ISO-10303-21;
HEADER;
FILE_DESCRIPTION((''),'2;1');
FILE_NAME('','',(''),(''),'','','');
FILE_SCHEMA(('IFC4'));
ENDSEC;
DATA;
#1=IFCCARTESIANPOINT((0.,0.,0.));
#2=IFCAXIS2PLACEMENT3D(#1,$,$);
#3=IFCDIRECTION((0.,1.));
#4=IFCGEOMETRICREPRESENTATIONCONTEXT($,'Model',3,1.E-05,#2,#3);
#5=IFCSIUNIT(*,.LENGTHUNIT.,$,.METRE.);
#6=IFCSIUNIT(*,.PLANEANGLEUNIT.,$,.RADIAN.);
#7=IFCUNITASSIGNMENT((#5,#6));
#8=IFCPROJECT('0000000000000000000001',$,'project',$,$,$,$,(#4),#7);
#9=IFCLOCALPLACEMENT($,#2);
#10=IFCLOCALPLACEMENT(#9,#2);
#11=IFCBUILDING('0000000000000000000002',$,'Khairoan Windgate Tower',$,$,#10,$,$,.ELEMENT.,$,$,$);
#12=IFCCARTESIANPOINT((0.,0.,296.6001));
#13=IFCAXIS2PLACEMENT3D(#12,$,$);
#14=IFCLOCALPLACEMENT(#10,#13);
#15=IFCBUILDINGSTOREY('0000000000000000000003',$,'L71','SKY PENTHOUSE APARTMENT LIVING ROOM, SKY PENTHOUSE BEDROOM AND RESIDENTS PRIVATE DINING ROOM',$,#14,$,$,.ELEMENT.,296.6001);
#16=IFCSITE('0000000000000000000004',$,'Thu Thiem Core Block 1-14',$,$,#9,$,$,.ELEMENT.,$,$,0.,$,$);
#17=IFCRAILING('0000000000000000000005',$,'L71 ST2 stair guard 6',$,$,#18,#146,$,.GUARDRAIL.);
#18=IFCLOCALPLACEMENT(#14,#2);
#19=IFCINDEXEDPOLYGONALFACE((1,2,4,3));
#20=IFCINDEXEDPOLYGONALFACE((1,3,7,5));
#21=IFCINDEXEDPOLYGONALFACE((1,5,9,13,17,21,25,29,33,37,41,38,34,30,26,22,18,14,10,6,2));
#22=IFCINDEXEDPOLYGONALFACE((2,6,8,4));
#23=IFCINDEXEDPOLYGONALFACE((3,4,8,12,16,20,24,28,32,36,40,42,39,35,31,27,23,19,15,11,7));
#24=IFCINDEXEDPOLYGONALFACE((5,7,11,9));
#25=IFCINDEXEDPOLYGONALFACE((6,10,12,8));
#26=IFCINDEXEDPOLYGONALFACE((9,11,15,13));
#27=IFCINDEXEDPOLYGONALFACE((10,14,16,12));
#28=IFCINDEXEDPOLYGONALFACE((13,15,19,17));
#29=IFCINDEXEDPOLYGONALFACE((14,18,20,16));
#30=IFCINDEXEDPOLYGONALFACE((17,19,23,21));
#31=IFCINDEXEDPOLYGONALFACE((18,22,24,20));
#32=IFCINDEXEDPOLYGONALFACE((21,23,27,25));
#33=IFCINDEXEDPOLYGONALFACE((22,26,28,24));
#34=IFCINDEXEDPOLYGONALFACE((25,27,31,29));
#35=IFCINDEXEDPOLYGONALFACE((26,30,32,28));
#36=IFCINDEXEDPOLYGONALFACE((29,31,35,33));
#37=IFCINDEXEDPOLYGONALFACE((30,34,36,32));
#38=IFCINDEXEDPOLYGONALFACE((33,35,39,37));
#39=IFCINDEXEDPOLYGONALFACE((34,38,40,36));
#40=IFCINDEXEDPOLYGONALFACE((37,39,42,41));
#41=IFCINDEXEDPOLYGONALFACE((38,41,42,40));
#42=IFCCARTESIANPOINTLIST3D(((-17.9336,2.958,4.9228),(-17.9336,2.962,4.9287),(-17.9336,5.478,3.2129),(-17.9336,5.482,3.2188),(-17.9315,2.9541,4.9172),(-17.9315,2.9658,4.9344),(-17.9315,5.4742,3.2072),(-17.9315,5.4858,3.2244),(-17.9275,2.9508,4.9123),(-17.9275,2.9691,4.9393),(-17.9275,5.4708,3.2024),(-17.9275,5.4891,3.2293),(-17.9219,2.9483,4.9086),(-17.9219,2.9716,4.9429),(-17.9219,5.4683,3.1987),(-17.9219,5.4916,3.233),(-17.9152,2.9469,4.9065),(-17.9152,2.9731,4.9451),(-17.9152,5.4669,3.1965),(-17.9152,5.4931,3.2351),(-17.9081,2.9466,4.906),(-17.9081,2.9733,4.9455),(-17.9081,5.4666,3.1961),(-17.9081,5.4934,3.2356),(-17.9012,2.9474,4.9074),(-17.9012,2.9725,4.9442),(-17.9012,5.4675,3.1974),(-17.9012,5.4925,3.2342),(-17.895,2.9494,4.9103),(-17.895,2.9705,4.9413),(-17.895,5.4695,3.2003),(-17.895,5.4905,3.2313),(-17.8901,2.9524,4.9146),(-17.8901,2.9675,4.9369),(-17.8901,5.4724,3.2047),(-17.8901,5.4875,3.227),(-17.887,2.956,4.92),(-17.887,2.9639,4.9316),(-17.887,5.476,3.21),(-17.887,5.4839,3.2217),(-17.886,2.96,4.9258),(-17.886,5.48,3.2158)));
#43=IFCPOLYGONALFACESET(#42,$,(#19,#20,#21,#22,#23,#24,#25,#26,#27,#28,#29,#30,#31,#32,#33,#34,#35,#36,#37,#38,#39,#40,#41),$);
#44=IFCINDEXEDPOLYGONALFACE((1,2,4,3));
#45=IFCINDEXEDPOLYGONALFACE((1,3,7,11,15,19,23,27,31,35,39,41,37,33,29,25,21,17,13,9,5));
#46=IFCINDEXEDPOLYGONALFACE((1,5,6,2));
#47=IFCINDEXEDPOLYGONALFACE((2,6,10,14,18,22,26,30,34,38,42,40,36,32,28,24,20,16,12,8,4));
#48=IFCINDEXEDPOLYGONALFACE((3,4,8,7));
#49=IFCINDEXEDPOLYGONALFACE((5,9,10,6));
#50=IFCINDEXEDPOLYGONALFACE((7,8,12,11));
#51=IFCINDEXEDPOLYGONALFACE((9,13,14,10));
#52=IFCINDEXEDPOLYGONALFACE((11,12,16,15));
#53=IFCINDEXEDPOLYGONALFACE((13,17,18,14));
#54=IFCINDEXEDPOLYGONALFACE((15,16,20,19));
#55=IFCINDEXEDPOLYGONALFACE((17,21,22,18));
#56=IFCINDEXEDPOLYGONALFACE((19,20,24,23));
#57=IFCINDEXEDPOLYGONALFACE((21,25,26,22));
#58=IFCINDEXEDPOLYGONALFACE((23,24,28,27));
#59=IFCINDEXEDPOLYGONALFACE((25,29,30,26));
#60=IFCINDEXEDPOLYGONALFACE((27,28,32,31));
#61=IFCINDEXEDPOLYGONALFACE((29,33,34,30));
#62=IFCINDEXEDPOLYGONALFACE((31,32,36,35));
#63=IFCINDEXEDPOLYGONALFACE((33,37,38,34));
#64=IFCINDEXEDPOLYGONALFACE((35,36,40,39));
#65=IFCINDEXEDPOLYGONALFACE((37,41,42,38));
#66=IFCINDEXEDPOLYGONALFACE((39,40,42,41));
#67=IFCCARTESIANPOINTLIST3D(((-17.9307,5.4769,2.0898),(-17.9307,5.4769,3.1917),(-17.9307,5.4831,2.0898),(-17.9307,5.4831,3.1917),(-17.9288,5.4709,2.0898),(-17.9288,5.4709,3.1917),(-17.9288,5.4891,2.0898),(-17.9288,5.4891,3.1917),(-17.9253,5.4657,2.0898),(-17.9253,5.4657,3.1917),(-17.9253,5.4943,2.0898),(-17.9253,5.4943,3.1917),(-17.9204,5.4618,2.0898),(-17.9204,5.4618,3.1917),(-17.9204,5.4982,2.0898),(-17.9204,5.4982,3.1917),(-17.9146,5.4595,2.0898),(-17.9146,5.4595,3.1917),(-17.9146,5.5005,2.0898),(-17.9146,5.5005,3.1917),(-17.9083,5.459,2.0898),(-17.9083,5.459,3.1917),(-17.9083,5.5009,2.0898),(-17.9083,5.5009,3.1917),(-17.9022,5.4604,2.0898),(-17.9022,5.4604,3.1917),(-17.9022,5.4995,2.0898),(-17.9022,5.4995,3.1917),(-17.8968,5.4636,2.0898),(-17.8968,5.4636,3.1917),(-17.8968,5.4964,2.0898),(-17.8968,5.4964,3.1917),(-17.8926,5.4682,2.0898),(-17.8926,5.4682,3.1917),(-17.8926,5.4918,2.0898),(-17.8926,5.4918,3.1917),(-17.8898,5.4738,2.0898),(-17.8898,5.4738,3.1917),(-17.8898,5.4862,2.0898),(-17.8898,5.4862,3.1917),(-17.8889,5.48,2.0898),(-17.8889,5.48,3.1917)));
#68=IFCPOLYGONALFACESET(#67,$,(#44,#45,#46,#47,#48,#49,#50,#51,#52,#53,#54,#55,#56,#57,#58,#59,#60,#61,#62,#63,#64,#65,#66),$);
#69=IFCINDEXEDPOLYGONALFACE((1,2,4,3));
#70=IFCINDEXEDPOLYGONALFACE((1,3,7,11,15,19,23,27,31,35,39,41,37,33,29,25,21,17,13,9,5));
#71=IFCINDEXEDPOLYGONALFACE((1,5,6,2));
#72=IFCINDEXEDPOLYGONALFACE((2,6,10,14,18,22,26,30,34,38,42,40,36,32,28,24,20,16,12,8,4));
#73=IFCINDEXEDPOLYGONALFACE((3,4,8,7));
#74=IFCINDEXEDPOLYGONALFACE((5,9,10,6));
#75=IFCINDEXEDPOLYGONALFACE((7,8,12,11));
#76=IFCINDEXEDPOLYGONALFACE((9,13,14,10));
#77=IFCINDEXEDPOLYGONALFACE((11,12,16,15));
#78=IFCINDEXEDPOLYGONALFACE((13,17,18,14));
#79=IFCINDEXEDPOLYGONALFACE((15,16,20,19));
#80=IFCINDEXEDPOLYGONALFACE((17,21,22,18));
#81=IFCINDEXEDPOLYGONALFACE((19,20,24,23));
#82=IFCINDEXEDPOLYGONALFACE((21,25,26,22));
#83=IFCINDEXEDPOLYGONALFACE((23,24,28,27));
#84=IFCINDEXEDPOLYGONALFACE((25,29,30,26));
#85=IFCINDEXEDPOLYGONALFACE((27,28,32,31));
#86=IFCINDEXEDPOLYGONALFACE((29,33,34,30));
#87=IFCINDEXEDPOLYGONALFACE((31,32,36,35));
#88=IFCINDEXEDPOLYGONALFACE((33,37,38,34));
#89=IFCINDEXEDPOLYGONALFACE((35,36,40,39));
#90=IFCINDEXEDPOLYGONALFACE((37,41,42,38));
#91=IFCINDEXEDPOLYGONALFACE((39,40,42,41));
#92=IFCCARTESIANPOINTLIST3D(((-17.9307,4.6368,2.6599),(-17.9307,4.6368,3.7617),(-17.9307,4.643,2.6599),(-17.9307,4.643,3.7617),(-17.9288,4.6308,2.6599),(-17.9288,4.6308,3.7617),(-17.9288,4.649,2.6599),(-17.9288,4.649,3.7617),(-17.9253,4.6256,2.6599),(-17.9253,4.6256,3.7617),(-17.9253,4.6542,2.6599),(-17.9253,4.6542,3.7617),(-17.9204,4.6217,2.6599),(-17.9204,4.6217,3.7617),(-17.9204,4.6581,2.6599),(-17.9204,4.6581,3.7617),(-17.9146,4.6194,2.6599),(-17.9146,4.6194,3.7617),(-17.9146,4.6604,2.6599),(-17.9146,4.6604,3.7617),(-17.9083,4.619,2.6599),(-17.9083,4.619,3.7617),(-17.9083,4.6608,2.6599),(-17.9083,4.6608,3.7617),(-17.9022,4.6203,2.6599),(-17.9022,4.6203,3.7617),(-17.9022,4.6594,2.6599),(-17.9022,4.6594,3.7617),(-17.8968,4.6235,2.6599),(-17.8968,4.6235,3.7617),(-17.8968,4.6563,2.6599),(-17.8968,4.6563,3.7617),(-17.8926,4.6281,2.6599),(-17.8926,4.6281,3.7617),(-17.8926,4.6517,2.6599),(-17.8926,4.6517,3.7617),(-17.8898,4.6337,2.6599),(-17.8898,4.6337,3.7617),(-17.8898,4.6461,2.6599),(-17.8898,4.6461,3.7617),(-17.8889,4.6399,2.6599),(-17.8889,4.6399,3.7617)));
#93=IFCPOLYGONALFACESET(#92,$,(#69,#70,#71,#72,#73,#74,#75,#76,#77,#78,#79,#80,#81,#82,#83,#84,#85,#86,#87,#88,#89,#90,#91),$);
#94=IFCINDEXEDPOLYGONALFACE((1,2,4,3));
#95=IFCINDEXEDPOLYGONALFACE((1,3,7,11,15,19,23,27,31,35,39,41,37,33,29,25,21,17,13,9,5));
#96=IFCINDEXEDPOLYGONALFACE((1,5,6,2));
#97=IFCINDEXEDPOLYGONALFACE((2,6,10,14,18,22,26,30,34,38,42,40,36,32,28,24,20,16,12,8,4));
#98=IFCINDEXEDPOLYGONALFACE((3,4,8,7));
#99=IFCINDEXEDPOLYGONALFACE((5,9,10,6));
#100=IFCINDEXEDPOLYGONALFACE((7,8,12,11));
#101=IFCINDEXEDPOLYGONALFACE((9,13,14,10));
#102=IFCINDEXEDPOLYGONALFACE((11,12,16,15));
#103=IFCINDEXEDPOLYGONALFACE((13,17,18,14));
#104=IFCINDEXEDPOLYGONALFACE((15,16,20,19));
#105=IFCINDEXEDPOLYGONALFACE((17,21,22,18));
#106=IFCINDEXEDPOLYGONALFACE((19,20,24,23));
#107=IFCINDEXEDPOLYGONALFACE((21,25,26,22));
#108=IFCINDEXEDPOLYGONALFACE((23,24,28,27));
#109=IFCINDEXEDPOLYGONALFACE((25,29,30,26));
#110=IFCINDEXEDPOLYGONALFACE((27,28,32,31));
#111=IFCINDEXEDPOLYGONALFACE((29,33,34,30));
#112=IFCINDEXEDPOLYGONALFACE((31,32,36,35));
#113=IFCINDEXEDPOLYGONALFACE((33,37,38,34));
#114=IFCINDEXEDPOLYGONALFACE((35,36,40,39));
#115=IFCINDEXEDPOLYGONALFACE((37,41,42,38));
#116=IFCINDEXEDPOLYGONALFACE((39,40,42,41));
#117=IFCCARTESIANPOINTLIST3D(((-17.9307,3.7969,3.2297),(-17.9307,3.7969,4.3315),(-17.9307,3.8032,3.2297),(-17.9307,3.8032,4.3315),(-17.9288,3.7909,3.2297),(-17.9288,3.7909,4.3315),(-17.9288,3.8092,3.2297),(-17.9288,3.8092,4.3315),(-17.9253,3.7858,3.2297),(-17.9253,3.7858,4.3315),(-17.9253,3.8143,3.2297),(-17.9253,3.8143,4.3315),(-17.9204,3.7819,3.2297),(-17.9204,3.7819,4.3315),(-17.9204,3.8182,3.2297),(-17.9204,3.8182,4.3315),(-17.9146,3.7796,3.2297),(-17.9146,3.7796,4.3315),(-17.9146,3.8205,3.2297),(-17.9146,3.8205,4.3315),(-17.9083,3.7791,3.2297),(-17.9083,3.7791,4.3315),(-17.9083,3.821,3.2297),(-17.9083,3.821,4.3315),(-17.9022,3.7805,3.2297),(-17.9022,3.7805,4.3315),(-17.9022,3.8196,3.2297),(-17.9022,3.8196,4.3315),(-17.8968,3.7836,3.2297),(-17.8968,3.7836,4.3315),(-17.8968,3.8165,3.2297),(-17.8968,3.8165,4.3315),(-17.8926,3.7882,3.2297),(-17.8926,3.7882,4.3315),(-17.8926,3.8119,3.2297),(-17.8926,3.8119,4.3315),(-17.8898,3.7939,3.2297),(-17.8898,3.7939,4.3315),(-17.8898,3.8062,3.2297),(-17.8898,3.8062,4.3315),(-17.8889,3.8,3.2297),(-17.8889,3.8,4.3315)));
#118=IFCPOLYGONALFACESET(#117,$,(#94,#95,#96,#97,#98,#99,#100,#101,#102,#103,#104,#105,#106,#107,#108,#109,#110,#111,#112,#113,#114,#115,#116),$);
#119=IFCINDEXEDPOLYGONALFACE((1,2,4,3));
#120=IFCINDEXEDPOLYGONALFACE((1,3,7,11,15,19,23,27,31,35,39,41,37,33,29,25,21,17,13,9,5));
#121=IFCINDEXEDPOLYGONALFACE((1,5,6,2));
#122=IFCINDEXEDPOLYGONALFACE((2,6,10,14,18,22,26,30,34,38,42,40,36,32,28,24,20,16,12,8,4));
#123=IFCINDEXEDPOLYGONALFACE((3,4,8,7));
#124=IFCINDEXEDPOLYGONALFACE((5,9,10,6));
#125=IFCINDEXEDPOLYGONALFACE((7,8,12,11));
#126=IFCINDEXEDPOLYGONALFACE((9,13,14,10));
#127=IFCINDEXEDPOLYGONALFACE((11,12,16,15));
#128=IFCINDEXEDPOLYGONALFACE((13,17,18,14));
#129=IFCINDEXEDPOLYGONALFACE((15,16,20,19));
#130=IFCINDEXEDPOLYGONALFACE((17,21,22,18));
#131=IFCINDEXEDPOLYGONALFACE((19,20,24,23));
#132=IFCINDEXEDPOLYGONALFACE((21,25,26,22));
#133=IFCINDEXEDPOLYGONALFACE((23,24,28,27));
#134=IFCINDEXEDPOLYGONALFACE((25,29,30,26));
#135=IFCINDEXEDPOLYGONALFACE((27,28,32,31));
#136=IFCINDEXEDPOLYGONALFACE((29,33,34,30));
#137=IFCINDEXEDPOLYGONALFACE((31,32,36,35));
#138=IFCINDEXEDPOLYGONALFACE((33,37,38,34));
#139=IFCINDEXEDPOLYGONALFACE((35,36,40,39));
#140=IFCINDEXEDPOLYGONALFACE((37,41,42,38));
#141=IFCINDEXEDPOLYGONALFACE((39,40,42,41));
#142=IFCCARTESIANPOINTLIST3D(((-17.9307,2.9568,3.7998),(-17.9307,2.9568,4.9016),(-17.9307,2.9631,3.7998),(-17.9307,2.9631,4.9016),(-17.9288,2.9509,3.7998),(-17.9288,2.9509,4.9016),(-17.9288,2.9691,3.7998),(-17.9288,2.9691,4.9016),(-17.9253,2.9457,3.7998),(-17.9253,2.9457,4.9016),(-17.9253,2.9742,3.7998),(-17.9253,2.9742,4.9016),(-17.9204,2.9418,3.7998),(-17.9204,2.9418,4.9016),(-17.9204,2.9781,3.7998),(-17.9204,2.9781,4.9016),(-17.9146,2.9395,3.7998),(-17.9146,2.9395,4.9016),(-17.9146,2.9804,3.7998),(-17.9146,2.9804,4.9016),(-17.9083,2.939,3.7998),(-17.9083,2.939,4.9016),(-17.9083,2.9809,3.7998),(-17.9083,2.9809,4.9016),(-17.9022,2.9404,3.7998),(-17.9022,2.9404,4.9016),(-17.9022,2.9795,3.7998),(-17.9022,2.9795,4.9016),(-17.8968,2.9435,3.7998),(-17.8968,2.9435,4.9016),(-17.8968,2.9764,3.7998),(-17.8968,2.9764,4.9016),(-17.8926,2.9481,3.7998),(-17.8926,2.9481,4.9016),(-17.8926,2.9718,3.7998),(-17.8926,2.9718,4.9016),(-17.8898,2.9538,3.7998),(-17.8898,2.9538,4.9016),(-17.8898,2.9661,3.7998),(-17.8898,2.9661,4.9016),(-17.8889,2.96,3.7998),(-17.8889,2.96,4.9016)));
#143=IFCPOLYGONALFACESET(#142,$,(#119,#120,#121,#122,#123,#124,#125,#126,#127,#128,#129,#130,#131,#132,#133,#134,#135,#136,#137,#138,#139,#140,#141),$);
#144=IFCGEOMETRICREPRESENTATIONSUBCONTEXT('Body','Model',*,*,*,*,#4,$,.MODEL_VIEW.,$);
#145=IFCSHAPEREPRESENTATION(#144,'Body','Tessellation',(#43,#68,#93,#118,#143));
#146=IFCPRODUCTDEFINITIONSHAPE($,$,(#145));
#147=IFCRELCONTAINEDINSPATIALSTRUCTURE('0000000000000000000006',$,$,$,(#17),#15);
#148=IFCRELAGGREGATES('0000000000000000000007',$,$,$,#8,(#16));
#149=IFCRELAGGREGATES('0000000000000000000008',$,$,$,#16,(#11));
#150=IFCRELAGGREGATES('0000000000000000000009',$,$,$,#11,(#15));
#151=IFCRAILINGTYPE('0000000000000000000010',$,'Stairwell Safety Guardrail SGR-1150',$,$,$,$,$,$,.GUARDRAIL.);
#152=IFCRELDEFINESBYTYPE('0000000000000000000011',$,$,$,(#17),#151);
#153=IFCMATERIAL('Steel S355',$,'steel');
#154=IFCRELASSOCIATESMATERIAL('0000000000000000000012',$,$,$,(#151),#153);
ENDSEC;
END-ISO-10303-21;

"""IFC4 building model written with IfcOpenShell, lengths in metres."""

from ifc_helpers import new_model, si_unit, direction, frame, origin, origin_2d, place, context, subcontext, project, spatial, circle, extrude, material, type_object, element, save


model = new_model("IFC4")

# Units and contexts
model_context = context("Model", 3, precision=1e-05, world=origin(), true_north=direction((0.0, 1.0)))
body_context = subcontext(model_context, "Body", "Model", "MODEL_VIEW")
ifc_project = project(units=[si_unit("LENGTHUNIT", "METRE"), si_unit("PLANEANGLEUNIT", "RADIAN")], contexts=[model_context])

# Site, building, storey
site_placement = place(None, origin())
site = spatial("IfcSite", under=ifc_project, at=site_placement, Name="Thu Thiem Core Block 1-14", CompositionType="ELEMENT", RefElevation=0.0)
building_placement = place(site_placement, origin())
building = spatial("IfcBuilding", under=site, at=building_placement, Name="Khairoan Windgate Tower", CompositionType="ELEMENT")
storey_placement = place(building_placement, frame((0.0, 0.0, 296.6001)))
storey = spatial("IfcBuildingStorey", under=building, at=storey_placement, Name="L71", Description="SKY PENTHOUSE APARTMENT LIVING ROOM, SKY PENTHOUSE BEDROOM AND RESIDENTS PRIVATE DINING ROOM", CompositionType="ELEMENT", Elevation=296.6001)

# Railing
ifc_material_1 = material(Name="Steel S355", Category="steel")
railing_type_1 = type_object("IfcRailingType", Name="Stairwell Safety Guardrail SGR-1150", PredefinedType="GUARDRAIL", material=ifc_material_1)
railing_1_placement = place(storey_placement, frame((-17.9099, 5.48, 2.0898)))
element("IfcRailing", 1, at=railing_1_placement, inside=storey, type_object=railing_type_1, Name="L71 ST2 stair guard 6", PredefinedType="GUARDRAIL", context=body_context, shape_type="SweptSolid", body=[
    extrude(circle(Radius=0.0239, at=origin_2d()), frame((0.0, 0.0, 1.126), z_axis=(0.0, -0.827484, 0.56149), x_axis=(1.0, 0.0, 0.0)), (0.0, 0.0, 1.0), 3.0454),
    extrude(circle(Radius=0.021, at=origin_2d()), origin(), (0.0, 0.0, 1.0), 1.1018),
    extrude(circle(Radius=0.021, at=origin_2d()), frame((0.0, -0.8401, 0.5701)), (0.0, 0.0, 1.0), 1.1018),
    extrude(circle(Radius=0.021, at=origin_2d()), frame((0.0, -1.6799, 1.1399)), (0.0, 0.0, 1.0), 1.1018),
    extrude(circle(Radius=0.021, at=origin_2d()), frame((0.0, -2.52, 1.71)), (0.0, 0.0, 1.0), 1.1018),
])

save(model, "model.ifc")
